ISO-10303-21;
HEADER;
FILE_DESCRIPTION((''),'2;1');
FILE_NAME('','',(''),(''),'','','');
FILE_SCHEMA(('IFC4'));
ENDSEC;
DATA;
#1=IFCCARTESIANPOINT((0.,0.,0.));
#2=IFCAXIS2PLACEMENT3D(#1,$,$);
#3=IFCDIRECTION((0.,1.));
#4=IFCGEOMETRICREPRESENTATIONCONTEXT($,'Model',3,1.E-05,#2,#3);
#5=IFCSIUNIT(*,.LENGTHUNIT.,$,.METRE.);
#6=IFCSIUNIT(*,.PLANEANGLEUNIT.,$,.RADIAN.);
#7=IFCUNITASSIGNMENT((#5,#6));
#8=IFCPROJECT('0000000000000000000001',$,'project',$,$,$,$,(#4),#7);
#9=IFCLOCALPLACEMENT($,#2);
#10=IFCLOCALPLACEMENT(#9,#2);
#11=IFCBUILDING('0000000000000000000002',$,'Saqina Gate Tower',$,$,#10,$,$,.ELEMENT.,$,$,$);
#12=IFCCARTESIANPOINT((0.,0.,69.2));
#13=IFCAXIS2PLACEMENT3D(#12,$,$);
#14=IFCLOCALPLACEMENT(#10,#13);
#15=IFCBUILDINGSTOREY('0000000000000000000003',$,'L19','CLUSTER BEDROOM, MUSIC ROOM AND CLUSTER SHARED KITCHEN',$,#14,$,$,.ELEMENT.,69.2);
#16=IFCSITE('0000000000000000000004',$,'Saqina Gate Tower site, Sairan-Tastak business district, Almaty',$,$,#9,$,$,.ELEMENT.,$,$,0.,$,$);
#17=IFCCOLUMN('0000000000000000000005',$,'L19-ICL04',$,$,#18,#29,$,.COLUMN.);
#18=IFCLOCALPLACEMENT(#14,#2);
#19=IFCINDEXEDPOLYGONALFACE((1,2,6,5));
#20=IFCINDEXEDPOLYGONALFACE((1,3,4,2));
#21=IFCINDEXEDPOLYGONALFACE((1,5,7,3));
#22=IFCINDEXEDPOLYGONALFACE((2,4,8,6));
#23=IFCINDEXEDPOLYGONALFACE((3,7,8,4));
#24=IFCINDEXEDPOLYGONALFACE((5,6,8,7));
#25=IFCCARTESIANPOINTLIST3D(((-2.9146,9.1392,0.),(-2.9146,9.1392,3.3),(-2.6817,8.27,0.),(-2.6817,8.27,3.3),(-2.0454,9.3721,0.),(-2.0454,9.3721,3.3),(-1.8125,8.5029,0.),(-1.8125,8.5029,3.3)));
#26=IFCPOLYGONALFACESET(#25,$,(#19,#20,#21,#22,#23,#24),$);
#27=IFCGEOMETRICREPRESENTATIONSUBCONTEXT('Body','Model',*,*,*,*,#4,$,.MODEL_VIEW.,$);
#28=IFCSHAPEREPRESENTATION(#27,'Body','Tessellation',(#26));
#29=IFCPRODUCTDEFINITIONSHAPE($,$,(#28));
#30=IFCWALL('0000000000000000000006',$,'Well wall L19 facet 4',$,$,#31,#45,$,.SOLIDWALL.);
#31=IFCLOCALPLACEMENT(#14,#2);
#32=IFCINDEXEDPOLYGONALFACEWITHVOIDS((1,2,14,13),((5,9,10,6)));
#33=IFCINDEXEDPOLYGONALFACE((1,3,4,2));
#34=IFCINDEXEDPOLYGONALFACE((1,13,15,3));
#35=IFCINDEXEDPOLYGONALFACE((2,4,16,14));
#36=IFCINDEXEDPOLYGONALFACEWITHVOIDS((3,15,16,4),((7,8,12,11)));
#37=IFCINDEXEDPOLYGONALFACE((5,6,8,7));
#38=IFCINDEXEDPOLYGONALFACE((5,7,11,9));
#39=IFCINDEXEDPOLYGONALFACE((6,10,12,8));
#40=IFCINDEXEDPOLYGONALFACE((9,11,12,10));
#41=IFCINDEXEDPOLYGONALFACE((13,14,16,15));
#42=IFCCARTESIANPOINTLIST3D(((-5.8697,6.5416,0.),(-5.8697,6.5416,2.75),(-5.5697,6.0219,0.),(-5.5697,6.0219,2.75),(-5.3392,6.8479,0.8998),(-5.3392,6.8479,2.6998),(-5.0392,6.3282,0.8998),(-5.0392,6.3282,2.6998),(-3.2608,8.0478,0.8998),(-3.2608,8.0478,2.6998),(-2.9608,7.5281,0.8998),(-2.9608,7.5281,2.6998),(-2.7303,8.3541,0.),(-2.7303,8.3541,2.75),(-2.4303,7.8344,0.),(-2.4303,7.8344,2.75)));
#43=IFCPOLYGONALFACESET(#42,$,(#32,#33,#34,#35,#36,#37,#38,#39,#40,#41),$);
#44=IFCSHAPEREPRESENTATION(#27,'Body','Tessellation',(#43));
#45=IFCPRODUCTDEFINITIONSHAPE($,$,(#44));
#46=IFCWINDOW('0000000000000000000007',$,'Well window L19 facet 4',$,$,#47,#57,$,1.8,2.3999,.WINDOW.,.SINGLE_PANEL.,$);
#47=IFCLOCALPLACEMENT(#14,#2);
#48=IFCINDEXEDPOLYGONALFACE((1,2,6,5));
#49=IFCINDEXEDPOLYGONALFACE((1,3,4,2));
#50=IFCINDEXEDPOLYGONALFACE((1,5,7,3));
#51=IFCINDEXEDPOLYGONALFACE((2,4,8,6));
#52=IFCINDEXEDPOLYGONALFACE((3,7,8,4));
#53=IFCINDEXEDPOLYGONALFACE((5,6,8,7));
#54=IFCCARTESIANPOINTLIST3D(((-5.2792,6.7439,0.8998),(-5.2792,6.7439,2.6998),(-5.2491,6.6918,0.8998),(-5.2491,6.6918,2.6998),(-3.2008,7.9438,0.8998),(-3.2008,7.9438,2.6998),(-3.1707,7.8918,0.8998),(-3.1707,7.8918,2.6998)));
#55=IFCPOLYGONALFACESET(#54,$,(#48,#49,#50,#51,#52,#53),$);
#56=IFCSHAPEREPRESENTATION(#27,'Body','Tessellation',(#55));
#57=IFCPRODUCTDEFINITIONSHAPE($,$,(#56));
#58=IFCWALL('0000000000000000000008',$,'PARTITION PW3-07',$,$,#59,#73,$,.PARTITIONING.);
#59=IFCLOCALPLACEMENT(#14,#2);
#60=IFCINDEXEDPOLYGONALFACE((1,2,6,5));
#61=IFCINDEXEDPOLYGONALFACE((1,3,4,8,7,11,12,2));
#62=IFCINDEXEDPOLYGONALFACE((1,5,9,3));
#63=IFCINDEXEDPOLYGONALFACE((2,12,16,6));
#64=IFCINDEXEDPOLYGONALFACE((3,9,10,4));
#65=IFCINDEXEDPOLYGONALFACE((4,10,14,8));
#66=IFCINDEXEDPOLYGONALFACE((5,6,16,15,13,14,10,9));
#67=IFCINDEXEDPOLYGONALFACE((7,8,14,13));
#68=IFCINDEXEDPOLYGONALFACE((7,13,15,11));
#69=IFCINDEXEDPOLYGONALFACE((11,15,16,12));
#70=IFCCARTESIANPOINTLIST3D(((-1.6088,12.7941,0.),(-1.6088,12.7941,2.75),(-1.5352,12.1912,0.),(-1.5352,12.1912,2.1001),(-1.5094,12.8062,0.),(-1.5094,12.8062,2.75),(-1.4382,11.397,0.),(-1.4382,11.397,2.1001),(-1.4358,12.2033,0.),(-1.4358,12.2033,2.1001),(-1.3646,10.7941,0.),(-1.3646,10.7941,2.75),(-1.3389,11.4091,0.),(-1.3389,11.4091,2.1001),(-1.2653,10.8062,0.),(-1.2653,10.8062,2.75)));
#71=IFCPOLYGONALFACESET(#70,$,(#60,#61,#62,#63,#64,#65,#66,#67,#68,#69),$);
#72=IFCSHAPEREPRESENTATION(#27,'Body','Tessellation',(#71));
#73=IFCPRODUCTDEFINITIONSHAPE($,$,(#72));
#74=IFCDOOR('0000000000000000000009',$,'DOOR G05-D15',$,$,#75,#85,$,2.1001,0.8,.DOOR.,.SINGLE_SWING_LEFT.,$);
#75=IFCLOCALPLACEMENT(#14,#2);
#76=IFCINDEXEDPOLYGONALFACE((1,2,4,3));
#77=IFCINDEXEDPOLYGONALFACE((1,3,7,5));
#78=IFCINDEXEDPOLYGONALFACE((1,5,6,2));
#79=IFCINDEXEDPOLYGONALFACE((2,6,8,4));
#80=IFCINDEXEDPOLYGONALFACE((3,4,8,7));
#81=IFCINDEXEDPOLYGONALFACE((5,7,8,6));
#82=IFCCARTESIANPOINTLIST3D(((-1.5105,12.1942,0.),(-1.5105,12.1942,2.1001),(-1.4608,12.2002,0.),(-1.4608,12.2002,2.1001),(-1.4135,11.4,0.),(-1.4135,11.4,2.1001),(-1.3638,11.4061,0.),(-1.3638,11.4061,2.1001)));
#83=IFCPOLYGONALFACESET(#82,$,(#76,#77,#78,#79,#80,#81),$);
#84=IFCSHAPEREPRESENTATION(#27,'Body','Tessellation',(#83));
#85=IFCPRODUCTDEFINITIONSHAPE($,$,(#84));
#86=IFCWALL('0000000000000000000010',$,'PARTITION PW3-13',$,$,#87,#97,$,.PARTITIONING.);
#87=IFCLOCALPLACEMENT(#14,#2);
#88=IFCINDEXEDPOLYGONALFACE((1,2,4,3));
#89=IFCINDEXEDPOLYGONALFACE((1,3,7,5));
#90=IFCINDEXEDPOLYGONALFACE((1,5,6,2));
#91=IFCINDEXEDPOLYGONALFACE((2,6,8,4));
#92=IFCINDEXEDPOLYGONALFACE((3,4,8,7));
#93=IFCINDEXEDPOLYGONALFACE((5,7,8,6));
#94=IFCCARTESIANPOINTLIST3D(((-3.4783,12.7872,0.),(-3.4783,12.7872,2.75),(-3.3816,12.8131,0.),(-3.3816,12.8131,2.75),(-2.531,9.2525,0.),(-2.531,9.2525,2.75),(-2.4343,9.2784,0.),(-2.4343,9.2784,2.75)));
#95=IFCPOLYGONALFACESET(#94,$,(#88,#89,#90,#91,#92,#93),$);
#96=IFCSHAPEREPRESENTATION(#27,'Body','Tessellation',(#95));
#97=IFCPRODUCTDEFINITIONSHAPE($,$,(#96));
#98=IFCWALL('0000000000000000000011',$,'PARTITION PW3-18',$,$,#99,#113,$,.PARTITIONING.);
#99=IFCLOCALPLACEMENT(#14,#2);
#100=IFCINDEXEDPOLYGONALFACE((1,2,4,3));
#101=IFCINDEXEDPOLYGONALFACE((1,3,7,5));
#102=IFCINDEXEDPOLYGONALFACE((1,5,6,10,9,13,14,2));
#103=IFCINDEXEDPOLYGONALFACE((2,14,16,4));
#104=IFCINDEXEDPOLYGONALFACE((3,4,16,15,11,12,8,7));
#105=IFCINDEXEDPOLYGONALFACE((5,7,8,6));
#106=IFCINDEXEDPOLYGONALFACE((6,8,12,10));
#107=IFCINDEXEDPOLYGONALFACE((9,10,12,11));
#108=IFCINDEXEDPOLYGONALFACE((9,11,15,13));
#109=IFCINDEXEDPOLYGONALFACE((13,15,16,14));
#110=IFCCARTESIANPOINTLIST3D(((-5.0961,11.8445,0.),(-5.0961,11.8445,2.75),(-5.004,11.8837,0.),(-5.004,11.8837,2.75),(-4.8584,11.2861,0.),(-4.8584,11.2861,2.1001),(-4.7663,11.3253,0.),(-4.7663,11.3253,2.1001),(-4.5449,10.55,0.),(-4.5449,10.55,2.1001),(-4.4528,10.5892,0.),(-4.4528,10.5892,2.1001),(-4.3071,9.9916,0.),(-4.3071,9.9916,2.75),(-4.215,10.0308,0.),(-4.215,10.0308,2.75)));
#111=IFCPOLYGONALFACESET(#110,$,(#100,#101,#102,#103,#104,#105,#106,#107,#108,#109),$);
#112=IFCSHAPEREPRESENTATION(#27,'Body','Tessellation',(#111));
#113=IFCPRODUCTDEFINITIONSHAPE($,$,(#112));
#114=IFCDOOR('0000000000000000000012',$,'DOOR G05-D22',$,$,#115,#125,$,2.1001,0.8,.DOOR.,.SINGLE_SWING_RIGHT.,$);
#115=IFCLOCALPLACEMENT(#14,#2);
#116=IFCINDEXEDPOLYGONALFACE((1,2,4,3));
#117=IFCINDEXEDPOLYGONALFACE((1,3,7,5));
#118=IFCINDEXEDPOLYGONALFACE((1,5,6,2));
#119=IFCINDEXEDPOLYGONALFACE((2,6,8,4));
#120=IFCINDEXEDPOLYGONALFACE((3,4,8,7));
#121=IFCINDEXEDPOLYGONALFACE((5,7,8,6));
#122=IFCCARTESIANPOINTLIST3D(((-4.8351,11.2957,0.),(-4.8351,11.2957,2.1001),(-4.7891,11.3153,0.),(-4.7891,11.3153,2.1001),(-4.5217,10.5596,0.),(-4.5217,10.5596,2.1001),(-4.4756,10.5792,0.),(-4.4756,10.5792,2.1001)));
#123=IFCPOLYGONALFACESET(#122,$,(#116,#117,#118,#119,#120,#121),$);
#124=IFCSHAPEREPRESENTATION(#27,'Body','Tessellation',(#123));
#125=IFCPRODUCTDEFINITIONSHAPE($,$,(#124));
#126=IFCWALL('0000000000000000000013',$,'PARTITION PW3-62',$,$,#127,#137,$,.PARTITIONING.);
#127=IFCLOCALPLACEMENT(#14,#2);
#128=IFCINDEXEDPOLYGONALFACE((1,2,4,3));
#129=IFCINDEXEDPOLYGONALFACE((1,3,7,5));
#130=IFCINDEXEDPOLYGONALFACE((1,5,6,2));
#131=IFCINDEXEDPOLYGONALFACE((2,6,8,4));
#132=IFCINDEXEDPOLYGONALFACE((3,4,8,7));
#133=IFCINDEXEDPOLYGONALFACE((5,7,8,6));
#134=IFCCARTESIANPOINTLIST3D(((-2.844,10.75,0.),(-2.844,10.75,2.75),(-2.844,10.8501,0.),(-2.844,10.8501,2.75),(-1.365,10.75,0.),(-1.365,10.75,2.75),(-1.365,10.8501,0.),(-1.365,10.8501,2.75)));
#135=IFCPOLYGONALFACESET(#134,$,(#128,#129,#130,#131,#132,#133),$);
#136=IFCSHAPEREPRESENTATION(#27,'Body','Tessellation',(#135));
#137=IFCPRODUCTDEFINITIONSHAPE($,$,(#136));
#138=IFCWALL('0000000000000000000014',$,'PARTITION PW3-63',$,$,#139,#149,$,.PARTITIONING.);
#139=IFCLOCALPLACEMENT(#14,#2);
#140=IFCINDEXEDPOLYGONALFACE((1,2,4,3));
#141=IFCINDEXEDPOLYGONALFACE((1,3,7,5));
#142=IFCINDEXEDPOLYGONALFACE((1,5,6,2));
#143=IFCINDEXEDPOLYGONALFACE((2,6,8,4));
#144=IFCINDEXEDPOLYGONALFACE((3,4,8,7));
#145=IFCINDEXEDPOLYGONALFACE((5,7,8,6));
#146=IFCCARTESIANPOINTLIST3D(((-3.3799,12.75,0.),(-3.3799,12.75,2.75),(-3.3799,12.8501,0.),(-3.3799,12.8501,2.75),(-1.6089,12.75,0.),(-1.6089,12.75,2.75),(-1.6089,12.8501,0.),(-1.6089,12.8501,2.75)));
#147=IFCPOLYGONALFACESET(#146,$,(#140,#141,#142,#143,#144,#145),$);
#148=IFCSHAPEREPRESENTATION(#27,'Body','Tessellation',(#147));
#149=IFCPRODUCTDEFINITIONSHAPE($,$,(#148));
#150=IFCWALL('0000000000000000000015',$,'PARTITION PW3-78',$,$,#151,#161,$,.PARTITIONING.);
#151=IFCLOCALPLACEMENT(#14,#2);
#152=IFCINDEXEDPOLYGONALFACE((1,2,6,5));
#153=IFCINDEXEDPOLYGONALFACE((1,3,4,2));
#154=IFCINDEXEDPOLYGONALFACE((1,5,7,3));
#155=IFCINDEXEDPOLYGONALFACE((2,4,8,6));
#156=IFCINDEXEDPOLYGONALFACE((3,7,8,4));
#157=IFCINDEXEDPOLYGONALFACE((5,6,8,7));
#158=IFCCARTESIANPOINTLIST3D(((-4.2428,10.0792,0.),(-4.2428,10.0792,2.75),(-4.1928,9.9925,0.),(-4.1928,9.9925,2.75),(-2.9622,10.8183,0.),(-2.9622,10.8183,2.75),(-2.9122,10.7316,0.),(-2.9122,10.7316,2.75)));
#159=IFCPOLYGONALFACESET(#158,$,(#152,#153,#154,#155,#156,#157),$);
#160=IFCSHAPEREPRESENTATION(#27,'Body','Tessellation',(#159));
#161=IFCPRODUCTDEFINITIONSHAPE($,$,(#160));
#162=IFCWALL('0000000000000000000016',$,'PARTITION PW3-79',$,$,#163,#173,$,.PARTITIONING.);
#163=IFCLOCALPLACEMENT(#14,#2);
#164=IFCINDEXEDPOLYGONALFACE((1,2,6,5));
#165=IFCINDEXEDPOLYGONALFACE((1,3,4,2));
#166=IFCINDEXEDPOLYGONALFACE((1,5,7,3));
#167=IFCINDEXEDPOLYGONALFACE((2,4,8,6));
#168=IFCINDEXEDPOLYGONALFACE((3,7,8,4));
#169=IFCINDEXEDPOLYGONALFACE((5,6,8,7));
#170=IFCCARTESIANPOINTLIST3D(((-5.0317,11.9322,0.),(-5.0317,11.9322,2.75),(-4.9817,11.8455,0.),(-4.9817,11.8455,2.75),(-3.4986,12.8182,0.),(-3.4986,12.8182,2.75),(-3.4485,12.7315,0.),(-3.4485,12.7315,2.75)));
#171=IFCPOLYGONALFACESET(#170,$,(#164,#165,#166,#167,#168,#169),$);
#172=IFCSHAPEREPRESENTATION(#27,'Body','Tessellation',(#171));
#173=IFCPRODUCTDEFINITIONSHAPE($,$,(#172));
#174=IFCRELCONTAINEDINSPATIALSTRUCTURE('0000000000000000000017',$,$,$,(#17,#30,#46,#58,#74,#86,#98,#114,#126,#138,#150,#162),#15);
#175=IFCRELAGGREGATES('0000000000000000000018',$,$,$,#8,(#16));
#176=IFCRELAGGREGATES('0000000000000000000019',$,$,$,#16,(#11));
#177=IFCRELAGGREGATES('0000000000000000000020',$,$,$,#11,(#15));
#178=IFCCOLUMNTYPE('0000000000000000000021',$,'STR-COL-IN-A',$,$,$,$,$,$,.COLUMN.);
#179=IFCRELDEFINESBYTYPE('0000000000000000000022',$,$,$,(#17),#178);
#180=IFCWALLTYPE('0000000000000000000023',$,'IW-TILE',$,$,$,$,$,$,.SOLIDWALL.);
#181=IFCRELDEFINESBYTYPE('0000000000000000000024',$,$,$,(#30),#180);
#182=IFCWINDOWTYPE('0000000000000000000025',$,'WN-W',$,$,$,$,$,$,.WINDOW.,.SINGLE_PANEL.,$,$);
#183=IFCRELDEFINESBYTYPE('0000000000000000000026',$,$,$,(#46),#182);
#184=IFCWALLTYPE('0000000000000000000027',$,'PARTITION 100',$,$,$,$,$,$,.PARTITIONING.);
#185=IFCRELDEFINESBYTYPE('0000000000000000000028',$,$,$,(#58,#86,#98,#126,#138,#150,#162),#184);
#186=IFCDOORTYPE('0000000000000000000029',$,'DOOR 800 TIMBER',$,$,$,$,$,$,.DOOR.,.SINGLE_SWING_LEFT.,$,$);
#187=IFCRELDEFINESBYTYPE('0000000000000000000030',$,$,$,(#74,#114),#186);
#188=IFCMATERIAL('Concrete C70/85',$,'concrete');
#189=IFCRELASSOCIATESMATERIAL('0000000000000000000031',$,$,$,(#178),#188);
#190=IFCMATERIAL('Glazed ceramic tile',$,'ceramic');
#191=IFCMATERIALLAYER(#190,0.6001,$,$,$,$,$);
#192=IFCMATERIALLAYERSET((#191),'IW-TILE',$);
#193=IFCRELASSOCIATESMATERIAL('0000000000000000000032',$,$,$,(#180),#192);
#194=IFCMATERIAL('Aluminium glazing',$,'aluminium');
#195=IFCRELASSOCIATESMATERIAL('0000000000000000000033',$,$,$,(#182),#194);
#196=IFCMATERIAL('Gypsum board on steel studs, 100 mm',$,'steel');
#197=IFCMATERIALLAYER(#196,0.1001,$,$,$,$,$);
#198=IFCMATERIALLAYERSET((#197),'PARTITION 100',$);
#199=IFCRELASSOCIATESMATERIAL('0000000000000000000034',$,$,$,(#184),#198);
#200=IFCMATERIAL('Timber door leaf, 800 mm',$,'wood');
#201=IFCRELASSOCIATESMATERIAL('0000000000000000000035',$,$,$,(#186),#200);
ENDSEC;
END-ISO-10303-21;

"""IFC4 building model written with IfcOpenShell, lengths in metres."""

from ifc_helpers import new_model, si_unit, direction, frame, frame_2d, origin, origin_2d, place, context, subcontext, project, spatial, rectangle, extrude, material, layer, layer_set, material_profile, profile_set, type_object, element, fill, save


model = new_model("IFC4")

# Units and contexts
model_context = context("Model", 3, precision=1e-05, world=origin(), true_north=direction((0.0, 1.0)))
body_context = subcontext(model_context, "Body", "Model", "MODEL_VIEW")
ifc_project = project(units=[si_unit("LENGTHUNIT", "METRE"), si_unit("PLANEANGLEUNIT", "RADIAN")], contexts=[model_context])

# Site, building, storey
site_placement = place(None, origin())
site = spatial("IfcSite", under=ifc_project, at=site_placement, Name="Saqina Gate Tower site, Sairan-Tastak business district, Almaty", CompositionType="ELEMENT", RefElevation=0.0)
building_placement = place(site_placement, origin())
building = spatial("IfcBuilding", under=site, at=building_placement, Name="Saqina Gate Tower", CompositionType="ELEMENT")
storey_placement = place(building_placement, frame((0.0, 0.0, 69.2)))
storey = spatial("IfcBuildingStorey", under=building, at=storey_placement, Name="L19", Description="CLUSTER BEDROOM, MUSIC ROOM AND CLUSTER SHARED KITCHEN", CompositionType="ELEMENT", Elevation=69.2)

# Column
ifc_material_1 = material(Name="Concrete C70/85", Category="concrete")
ifc_material_profile = material_profile(ifc_material_1, rectangle(XDim=0.8999, YDim=0.8999, at=origin_2d()), Name="RC 900x900")
ifc_profile_set = profile_set([ifc_material_profile], Name="Concrete C70/85")
column_type = type_object("IfcColumnType", Name="STR-COL-IN-A", PredefinedType="COLUMN", material=ifc_profile_set)
column_placement = place(storey_placement, frame((-2.3635, 8.821, 0.0), z_axis=(0.0, 0.0, 1.0), x_axis=(-0.258819, 0.965926, 0.0)))
element("IfcColumn", 1, at=column_placement, inside=storey, type_object=column_type, Name="L19-ICL04", PredefinedType="COLUMN", context=body_context, shape_type="SweptSolid", body=[
    extrude(rectangle(XDim=0.8999, YDim=0.8999, at=origin_2d()), origin(), (0.0, 0.0, 1.0), 3.3),
])

# Wall, opening, window
ifc_material_2 = material(Name="Glazed ceramic tile", Category="ceramic")
ifc_layer_1 = layer(ifc_material_2, 0.6001)
ifc_layer_set_1 = layer_set([ifc_layer_1], Name="IW-TILE")
wall_type_1 = type_object("IfcWallType", Name="IW-TILE", PredefinedType="SOLIDWALL", material=ifc_layer_set_1)
wall_1_placement = place(storey_placement, frame((-2.5803, 8.0942, 0.0), z_axis=(0.0, 0.0, 1.0), x_axis=(-0.86603, -0.499993, 0.0)))
wall_1 = element("IfcWall", 2, at=wall_1_placement, inside=storey, type_object=wall_type_1, Name="Well wall L19 facet 4", PredefinedType="SOLIDWALL", context=body_context, shape_type="SweptSolid", body=[
    extrude(rectangle(XDim=3.625, YDim=0.6001, at=frame_2d((1.8125, 0.0))), origin(), (0.0, 0.0, 1.0), 2.75),
])
opening_1_placement = place(wall_1_placement, frame((0.6125, 0.0, 0.8999)))
opening_1 = element("IfcOpeningElement", 3, at=opening_1_placement, cuts=wall_1, PredefinedType="OPENING", context=body_context, shape_type="SweptSolid", body=[
    extrude(rectangle(XDim=2.3999, YDim=1.8, at=frame_2d((1.2, 0.8999))), frame((0.0, 0.312, 0.0), z_axis=(0.0, -1.0, 0.0), x_axis=(1.0, 0.0, 0.0)), (0.0, 0.0, 1.0), 0.624),
])
ifc_material_3 = material(Name="Aluminium glazing", Category="aluminium")
window_type = type_object("IfcWindowType", Name="WN-W", PartitioningType="SINGLE_PANEL", PredefinedType="WINDOW", material=ifc_material_3)
window_placement = place(opening_1_placement, origin())
window = element("IfcWindow", 4, at=window_placement, inside=storey, type_object=window_type, Name="Well window L19 facet 4", OverallHeight=1.8, OverallWidth=2.3999, PartitioningType="SINGLE_PANEL", PredefinedType="WINDOW", context=body_context, shape_type="SweptSolid", body=[
    extrude(rectangle(XDim=2.3999, YDim=1.8, at=frame_2d((1.2, 0.8999))), frame((0.0, -0.1199, 0.0), z_axis=(0.0, -1.0, 0.0), x_axis=(1.0, 0.0, 0.0)), (0.0, 0.0, 1.0), 0.0601),
])
fill(opening_1, window)

# Wall, opening, door
ifc_material_4 = material(Name="Gypsum board on steel studs, 100 mm", Category="steel")
ifc_layer_2 = layer(ifc_material_4, 0.1001)
ifc_layer_set_2 = layer_set([ifc_layer_2], Name="PARTITION 100")
wall_type_2 = type_object("IfcWallType", Name="PARTITION 100", PredefinedType="PARTITIONING", material=ifc_layer_set_2)
wall_2_placement = place(storey_placement, frame((-1.5591, 12.8, 0.0), z_axis=(0.0, 0.0, 1.0), x_axis=(0.121171, -0.992632, 0.0)))
wall_2 = element("IfcWall", 5, at=wall_2_placement, inside=storey, type_object=wall_type_2, Name="PARTITION PW3-07", PredefinedType="PARTITIONING", context=body_context, shape_type="SweptSolid", body=[
    extrude(rectangle(XDim=2.0149, YDim=0.1001, at=frame_2d((1.0073, 0.0))), origin(), (0.0, 0.0, 1.0), 2.75),
])
opening_2_placement = place(wall_2_placement, frame((0.6074, 0.0, 0.0)))
opening_2 = element("IfcOpeningElement", 6, at=opening_2_placement, cuts=wall_2, PredefinedType="OPENING", context=body_context, shape_type="SweptSolid", body=[
    extrude(rectangle(XDim=0.8, YDim=2.1001, at=frame_2d((0.3999, 1.05))), frame((0.0, 0.062, 0.0), z_axis=(0.0, -1.0, 0.0), x_axis=(1.0, 0.0, 0.0)), (0.0, 0.0, 1.0), 0.124),
])
ifc_material_5 = material(Name="Timber door leaf, 800 mm", Category="wood")
door_type_1 = type_object("IfcDoorType", Name="DOOR 800 TIMBER", OperationType="SINGLE_SWING_LEFT", PredefinedType="DOOR", material=ifc_material_5)
door_1_placement = place(opening_2_placement, origin())
door_1 = element("IfcDoor", 7, at=door_1_placement, inside=storey, type_object=door_type_1, Name="DOOR G05-D15", OperationType="SINGLE_SWING_LEFT", OverallHeight=2.1001, OverallWidth=0.8, PredefinedType="DOOR", context=body_context, shape_type="SweptSolid", body=[
    extrude(rectangle(XDim=0.8, YDim=2.1001, at=frame_2d((0.3999, 1.05))), frame((0.0, 0.0249, 0.0), z_axis=(0.0, -1.0, 0.0), x_axis=(1.0, 0.0, 0.0)), (0.0, 0.0, 1.0), 0.05),
])
fill(opening_2, door_1)

# Wall
wall_3_placement = place(storey_placement, frame((-3.4299, 12.8, 0.0), z_axis=(0.0, 0.0, 1.0), x_axis=(0.258858, -0.965915, 0.0)))
element("IfcWall", 8, at=wall_3_placement, inside=storey, type_object=wall_type_2, Name="PARTITION PW3-13", PredefinedType="PARTITIONING", context=body_context, shape_type="SweptSolid", body=[
    extrude(rectangle(XDim=3.6594, YDim=0.1001, at=frame_2d((1.8296, 0.0))), origin(), (0.0, 0.0, 1.0), 2.75),
])

# Wall, opening, door
wall_4_placement = place(storey_placement, frame((-5.05, 11.864, 0.0), z_axis=(0.0, 0.0, 1.0), x_axis=(0.391782, -0.920058, 0.0)))
wall_4 = element("IfcWall", 9, at=wall_4_placement, inside=storey, type_object=wall_type_2, Name="PARTITION PW3-18", PredefinedType="PARTITIONING", context=body_context, shape_type="SweptSolid", body=[
    extrude(rectangle(XDim=2.0139, YDim=0.1001, at=frame_2d((1.0068, 0.0))), origin(), (0.0, 0.0, 1.0), 2.75),
])
opening_3_placement = place(wall_4_placement, frame((0.6069, 0.0, 0.0)))
opening_3 = element("IfcOpeningElement", 10, at=opening_3_placement, cuts=wall_4, PredefinedType="OPENING", context=body_context, shape_type="SweptSolid", body=[
    extrude(rectangle(XDim=0.8, YDim=2.1001, at=frame_2d((0.3999, 1.05))), frame((0.0, 0.062, 0.0), z_axis=(0.0, -1.0, 0.0), x_axis=(1.0, 0.0, 0.0)), (0.0, 0.0, 1.0), 0.124),
])
door_2_placement = place(opening_3_placement, frame((0.8, 0.0, 0.0), z_axis=(0.0, 0.0, 1.0), x_axis=(-1.0, 0.0, 0.0)))
door_2 = element("IfcDoor", 11, at=door_2_placement, inside=storey, type_object=door_type_1, Name="DOOR G05-D22", OperationType="SINGLE_SWING_RIGHT", OverallHeight=2.1001, OverallWidth=0.8, PredefinedType="DOOR", context=body_context, shape_type="SweptSolid", body=[
    extrude(rectangle(XDim=0.8, YDim=2.1001, at=frame_2d((0.3999, 1.05))), frame((0.0, 0.0249, 0.0), z_axis=(0.0, -1.0, 0.0), x_axis=(1.0, 0.0, 0.0)), (0.0, 0.0, 1.0), 0.05),
])
fill(opening_3, door_2)

# Walls
wall_5_placement = place(storey_placement, frame((-2.844, 10.8, 0.0), z_axis=(0.0, 0.0, 1.0), x_axis=(1.0, 0.0, 0.0)))
element("IfcWall", 12, at=wall_5_placement, inside=storey, type_object=wall_type_2, Name="PARTITION PW3-62", PredefinedType="PARTITIONING", context=body_context, shape_type="SweptSolid", body=[
    extrude(rectangle(XDim=1.479, YDim=0.1001, at=frame_2d((0.7395, 0.0))), origin(), (0.0, 0.0, 1.0), 2.75),
])
wall_6_placement = place(storey_placement, frame((-3.3799, 12.8, 0.0), z_axis=(0.0, 0.0, 1.0), x_axis=(1.0, 0.0, 0.0)))
element("IfcWall", 13, at=wall_6_placement, inside=storey, type_object=wall_type_2, Name="PARTITION PW3-63", PredefinedType="PARTITIONING", context=body_context, shape_type="SweptSolid", body=[
    extrude(rectangle(XDim=1.771, YDim=0.1001, at=frame_2d((0.8855, 0.0))), origin(), (0.0, 0.0, 1.0), 2.75),
])
wall_7_placement = place(storey_placement, frame((-4.2178, 10.0359, 0.0), z_axis=(0.0, 0.0, 1.0), x_axis=(0.866111, 0.499851, 0.0)))
element("IfcWall", 14, at=wall_7_placement, inside=storey, type_object=wall_type_2, Name="PARTITION PW3-78", PredefinedType="PARTITIONING", context=body_context, shape_type="SweptSolid", body=[
    extrude(rectangle(XDim=1.4785, YDim=0.1001, at=frame_2d((0.7393, 0.0))), origin(), (0.0, 0.0, 1.0), 2.75),
])
wall_8_placement = place(storey_placement, frame((-5.0066, 11.8889, 0.0), z_axis=(0.0, 0.0, 1.0), x_axis=(0.865832, 0.500335, 0.0)))
element("IfcWall", 15, at=wall_8_placement, inside=storey, type_object=wall_type_2, Name="PARTITION PW3-79", PredefinedType="PARTITIONING", context=body_context, shape_type="SweptSolid", body=[
    extrude(rectangle(XDim=1.7708, YDim=0.1001, at=frame_2d((0.8853, 0.0))), origin(), (0.0, 0.0, 1.0), 2.75),
])

save(model, "model.ifc")
